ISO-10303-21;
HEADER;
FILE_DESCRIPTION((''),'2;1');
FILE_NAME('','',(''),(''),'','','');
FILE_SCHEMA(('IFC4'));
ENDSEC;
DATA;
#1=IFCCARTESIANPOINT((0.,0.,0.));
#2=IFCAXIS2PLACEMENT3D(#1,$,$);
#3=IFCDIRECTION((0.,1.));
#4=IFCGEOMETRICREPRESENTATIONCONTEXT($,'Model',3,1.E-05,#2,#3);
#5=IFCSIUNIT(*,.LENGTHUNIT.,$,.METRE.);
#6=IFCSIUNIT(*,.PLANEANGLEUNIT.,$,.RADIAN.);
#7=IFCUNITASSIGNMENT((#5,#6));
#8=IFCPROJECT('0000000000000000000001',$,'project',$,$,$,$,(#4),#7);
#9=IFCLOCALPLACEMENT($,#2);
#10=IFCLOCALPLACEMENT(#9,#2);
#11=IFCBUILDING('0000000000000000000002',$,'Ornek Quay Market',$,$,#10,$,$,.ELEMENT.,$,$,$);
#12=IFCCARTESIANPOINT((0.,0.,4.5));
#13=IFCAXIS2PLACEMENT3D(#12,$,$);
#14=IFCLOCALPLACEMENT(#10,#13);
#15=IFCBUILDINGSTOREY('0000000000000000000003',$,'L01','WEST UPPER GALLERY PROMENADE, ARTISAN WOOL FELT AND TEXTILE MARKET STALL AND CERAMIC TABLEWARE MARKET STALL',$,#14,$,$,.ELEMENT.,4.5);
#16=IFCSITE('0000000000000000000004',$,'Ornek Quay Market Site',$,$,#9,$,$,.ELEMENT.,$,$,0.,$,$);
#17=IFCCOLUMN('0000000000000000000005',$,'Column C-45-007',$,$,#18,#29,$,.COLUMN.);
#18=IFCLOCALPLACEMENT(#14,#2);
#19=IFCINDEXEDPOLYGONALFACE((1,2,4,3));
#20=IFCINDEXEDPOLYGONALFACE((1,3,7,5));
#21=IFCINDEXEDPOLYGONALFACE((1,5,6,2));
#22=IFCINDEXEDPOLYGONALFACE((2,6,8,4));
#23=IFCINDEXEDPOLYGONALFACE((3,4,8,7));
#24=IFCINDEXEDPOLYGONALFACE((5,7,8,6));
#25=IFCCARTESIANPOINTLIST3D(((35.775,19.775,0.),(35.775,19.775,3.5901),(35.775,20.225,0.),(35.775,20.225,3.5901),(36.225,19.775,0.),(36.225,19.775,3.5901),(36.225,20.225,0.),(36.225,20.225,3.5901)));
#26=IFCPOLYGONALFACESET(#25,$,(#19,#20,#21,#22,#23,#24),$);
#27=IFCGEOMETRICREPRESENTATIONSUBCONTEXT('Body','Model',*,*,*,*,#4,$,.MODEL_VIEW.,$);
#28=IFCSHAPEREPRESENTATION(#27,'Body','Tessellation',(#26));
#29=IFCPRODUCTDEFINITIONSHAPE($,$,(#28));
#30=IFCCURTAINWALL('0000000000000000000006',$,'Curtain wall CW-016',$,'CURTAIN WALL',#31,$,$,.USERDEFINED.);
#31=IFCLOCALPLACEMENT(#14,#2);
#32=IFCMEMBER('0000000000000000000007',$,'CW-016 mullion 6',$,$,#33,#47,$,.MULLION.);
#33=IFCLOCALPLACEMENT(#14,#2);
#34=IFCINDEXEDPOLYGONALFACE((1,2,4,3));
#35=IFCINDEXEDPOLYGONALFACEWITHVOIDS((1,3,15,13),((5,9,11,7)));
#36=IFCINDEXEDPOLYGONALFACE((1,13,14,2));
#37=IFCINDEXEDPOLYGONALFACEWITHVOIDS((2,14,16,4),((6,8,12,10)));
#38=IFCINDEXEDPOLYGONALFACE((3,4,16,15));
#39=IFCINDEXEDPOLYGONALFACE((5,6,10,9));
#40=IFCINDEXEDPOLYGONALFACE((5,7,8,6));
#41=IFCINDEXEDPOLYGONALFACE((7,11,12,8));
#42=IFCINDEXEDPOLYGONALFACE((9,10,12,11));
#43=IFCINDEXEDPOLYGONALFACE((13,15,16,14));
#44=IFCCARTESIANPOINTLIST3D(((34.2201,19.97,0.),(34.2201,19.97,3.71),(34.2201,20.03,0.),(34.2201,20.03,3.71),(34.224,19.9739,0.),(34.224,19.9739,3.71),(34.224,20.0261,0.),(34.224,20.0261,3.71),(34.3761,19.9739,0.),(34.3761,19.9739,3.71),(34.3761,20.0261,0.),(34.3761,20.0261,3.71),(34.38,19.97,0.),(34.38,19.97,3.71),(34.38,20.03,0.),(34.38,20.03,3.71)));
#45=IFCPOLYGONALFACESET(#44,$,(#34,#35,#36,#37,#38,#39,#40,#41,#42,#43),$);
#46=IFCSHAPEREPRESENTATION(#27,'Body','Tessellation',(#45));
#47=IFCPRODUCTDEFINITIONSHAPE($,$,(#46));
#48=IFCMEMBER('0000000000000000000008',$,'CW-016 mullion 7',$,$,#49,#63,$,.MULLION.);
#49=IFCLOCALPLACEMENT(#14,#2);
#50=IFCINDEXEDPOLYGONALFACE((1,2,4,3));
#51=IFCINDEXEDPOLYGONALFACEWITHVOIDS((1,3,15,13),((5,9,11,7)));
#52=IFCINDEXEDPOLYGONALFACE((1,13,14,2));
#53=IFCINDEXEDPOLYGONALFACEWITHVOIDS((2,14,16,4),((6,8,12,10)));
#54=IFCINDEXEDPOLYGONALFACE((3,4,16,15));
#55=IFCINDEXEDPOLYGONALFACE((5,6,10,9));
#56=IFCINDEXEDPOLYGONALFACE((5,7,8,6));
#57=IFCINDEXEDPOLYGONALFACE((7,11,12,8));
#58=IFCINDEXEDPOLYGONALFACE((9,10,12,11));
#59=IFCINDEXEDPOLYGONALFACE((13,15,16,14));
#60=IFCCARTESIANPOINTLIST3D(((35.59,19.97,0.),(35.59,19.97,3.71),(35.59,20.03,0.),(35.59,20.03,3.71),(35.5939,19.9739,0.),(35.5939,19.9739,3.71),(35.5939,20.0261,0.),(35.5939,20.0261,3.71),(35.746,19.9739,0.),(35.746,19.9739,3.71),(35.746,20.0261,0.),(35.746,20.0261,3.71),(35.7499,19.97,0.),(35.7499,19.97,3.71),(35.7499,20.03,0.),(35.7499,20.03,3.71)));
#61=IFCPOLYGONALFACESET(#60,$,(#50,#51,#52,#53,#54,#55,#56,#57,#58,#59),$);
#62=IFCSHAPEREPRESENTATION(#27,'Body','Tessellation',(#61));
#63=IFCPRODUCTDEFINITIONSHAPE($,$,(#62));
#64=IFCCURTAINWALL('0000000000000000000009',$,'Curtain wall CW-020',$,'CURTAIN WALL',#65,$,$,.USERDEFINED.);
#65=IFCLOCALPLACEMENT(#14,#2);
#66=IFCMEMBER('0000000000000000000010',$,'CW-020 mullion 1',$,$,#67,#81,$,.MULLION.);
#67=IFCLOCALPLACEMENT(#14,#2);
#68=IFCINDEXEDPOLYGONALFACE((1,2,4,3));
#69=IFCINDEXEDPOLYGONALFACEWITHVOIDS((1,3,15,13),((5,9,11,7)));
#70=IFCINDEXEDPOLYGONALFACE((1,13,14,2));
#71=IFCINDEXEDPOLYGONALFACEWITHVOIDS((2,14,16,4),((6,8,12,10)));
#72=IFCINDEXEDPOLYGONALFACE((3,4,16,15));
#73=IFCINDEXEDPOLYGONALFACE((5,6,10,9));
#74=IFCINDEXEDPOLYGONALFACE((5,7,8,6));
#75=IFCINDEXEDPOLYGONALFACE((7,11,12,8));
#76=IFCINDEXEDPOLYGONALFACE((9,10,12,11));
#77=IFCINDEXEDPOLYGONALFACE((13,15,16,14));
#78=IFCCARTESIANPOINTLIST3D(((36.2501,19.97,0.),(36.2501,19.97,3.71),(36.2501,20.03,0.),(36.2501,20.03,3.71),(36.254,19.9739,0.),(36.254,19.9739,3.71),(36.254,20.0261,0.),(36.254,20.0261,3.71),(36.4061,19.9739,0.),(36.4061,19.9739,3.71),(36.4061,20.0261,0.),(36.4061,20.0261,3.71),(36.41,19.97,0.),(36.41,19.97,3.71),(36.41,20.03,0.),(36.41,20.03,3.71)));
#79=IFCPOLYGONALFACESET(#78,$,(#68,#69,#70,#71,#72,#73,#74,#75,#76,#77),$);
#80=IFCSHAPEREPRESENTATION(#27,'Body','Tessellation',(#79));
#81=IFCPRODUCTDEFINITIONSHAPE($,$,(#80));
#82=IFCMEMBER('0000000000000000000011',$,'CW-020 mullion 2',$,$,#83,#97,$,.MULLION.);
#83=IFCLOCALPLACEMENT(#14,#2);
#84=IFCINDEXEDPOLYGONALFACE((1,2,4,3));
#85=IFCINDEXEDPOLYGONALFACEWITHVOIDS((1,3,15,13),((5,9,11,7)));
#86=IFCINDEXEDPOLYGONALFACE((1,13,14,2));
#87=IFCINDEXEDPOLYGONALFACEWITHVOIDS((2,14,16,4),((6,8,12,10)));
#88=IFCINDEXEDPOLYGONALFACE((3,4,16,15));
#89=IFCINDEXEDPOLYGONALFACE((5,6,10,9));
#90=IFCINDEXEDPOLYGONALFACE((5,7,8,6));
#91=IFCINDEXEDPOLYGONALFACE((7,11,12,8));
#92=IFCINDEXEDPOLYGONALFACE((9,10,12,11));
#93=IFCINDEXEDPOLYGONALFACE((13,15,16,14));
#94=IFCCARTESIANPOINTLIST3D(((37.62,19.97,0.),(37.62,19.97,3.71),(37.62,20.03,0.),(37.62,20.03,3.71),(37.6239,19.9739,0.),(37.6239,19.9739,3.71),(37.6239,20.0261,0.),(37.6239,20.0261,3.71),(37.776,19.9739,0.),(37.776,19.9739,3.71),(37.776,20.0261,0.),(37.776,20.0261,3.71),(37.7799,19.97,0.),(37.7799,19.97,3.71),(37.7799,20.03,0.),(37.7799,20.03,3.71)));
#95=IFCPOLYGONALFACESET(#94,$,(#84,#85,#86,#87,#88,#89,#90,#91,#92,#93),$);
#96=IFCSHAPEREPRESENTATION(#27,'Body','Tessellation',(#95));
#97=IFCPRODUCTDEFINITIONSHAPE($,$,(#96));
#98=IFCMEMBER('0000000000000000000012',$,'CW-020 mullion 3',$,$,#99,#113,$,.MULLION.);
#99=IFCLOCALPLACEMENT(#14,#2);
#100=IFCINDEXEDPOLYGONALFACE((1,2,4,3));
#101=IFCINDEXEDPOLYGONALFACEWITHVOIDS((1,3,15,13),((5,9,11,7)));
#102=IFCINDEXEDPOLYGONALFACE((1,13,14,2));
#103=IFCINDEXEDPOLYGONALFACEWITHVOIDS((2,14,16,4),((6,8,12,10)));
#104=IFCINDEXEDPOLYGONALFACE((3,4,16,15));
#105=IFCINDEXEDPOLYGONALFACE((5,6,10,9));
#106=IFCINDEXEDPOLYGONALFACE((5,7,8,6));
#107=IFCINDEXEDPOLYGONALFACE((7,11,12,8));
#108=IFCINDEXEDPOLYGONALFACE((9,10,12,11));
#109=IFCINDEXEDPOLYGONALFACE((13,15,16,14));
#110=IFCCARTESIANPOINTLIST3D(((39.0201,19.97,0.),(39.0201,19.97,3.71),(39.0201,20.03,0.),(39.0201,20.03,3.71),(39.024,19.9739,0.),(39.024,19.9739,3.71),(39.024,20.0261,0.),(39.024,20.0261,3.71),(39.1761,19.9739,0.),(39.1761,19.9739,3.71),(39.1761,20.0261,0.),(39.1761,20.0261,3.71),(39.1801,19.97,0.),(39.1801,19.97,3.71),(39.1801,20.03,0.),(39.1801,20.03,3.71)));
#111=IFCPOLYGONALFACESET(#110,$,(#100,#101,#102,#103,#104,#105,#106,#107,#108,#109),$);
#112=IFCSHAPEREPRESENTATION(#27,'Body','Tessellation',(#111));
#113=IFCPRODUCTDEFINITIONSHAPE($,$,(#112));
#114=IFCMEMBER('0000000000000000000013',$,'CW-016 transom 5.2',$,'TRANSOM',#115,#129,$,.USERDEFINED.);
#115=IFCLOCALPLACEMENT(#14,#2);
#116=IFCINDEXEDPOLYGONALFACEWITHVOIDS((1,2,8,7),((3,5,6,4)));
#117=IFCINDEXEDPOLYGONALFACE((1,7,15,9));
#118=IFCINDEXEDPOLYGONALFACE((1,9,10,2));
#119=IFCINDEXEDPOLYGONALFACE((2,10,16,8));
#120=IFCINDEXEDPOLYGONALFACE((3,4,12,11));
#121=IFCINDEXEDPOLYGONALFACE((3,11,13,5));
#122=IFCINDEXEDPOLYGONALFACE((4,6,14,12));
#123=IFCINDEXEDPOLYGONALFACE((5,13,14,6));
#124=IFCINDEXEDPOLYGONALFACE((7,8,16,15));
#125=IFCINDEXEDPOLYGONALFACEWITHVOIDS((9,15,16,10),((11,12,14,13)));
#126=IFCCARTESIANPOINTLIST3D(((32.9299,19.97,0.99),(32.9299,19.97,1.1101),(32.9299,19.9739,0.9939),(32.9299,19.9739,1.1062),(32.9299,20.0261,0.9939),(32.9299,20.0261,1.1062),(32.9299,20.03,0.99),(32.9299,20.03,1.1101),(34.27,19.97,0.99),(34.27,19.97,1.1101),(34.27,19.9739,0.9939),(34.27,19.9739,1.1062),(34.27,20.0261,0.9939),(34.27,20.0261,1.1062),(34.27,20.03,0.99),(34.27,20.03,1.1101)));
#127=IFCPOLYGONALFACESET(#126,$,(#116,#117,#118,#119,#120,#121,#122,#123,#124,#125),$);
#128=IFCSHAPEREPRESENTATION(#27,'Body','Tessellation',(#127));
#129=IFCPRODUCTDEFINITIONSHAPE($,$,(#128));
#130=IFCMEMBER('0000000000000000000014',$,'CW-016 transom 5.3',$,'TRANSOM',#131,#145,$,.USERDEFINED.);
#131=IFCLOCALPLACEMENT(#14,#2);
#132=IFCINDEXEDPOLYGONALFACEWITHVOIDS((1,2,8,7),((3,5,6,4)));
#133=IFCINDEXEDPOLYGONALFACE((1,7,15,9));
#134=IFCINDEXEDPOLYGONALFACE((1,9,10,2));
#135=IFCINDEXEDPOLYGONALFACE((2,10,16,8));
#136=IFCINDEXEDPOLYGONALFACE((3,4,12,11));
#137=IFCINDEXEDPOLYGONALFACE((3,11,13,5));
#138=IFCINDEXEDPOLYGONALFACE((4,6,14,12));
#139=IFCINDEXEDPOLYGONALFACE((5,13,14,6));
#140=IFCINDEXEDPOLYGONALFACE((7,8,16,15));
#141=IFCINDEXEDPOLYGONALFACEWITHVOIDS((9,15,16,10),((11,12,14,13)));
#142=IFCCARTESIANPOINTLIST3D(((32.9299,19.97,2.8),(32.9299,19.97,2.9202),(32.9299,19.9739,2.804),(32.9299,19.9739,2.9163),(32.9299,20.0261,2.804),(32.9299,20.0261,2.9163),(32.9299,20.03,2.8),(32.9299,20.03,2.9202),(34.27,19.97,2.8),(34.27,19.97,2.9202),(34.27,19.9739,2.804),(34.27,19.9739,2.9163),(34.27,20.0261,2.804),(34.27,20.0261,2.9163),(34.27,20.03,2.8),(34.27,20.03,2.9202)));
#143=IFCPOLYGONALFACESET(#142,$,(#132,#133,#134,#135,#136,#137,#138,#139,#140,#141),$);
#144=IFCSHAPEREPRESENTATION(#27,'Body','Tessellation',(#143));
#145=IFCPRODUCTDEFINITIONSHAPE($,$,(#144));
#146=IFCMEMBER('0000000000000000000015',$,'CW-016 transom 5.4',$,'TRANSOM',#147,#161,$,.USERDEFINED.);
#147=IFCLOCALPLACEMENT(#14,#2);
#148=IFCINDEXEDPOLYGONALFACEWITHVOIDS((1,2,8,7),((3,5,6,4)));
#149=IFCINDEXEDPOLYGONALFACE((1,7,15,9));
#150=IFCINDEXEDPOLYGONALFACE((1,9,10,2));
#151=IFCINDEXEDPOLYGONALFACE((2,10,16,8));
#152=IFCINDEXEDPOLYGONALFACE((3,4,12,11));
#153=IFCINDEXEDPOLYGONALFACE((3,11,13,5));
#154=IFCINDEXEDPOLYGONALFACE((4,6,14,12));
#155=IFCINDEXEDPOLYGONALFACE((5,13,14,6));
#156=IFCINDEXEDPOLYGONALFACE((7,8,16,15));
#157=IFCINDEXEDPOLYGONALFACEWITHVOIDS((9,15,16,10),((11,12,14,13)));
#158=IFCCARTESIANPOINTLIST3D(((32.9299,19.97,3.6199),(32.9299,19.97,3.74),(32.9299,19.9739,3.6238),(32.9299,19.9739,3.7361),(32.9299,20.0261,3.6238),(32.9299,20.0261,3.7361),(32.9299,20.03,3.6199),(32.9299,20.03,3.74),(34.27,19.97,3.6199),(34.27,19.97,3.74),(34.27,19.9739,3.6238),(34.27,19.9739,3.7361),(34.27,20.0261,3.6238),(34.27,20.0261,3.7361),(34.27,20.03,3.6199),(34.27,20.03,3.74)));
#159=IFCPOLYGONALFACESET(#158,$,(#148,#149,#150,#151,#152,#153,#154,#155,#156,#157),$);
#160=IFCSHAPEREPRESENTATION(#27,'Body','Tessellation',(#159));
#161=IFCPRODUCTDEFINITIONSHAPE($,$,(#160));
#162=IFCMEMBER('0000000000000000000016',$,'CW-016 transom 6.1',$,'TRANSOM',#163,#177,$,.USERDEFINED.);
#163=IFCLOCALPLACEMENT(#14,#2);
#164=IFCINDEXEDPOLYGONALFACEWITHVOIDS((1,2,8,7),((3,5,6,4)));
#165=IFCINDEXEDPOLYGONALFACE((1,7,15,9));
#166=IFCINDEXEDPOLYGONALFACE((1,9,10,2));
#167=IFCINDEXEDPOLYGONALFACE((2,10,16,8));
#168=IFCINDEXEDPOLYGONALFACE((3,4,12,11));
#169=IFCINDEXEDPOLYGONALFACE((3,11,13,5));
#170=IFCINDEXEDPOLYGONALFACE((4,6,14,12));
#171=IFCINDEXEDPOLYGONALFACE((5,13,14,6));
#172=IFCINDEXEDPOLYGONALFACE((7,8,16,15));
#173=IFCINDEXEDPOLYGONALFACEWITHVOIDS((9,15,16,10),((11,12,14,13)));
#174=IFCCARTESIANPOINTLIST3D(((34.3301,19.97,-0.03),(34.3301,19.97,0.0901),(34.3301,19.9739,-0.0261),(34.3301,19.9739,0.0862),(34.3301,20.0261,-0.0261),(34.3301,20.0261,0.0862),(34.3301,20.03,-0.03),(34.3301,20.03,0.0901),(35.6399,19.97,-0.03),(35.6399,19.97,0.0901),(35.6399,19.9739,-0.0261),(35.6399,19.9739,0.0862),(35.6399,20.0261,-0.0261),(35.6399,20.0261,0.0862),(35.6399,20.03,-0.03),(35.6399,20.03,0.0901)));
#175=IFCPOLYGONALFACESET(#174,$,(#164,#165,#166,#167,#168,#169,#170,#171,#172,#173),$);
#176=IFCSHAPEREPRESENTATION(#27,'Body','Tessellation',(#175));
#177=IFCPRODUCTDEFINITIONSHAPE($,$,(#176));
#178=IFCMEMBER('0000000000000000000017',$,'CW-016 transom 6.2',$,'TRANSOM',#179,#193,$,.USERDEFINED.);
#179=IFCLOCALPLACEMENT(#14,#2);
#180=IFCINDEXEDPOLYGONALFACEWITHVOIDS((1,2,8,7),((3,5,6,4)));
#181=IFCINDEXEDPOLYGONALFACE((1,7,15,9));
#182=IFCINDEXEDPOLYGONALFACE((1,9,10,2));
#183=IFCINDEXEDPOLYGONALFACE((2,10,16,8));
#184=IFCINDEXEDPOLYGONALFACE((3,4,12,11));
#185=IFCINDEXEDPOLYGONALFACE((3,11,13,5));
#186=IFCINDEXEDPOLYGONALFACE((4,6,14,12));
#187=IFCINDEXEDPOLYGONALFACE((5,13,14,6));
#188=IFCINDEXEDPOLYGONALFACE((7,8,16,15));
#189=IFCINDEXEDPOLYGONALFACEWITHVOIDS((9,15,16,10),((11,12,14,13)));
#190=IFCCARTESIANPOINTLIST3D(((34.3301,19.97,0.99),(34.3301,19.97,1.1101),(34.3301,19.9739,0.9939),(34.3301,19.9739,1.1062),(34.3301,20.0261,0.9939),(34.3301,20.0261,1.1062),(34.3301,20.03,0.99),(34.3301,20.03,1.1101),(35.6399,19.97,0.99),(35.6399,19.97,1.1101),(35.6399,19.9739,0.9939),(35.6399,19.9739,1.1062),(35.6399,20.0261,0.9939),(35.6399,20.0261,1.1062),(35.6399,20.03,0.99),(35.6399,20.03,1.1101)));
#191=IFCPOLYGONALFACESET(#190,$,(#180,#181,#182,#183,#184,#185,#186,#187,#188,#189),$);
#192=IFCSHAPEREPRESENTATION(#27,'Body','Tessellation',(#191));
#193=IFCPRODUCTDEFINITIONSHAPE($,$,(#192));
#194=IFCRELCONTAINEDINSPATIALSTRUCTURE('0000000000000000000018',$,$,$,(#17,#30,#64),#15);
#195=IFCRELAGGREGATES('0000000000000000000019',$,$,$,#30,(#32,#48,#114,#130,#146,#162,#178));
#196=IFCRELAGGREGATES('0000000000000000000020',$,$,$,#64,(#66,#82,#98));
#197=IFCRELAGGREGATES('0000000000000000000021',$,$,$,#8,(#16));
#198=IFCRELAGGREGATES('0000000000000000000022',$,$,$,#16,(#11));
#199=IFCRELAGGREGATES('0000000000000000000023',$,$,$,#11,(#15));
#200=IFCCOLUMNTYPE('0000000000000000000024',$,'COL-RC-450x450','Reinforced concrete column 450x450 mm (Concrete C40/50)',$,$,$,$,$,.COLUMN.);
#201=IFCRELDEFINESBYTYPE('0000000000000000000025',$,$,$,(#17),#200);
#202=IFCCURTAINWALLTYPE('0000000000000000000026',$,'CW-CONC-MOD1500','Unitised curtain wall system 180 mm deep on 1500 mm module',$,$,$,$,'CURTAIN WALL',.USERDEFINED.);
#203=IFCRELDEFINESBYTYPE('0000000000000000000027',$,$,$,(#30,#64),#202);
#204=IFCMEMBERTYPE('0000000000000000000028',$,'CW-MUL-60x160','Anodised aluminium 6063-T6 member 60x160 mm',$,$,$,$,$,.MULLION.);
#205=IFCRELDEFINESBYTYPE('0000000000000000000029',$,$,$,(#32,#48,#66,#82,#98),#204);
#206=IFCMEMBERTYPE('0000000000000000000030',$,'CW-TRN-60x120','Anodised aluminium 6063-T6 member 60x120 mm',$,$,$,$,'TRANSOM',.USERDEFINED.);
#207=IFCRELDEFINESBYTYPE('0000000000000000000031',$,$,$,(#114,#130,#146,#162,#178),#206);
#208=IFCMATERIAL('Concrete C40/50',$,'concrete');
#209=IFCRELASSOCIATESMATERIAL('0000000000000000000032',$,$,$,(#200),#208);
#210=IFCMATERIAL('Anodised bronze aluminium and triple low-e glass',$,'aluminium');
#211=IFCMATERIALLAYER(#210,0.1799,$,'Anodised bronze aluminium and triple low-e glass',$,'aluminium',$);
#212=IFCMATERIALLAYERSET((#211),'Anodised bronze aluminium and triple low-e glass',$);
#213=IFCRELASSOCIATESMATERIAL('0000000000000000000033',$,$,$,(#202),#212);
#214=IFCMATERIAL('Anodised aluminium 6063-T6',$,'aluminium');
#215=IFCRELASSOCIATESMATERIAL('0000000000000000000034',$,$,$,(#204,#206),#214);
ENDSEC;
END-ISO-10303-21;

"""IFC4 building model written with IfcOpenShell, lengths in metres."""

from ifc_helpers import new_model, si_unit, direction, frame, origin, origin_2d, place, context, subcontext, project, spatial, rectangle, hollow_rectangle, extrude, material, layer, layer_set, material_profile, profile_set, type_object, element, aggregate, save


model = new_model("IFC4")

# Units and contexts
model_context = context("Model", 3, precision=1e-05, world=origin(), true_north=direction((0.0, 1.0)))
body_context = subcontext(model_context, "Body", "Model", "MODEL_VIEW")
ifc_project = project(units=[si_unit("LENGTHUNIT", "METRE"), si_unit("PLANEANGLEUNIT", "RADIAN")], contexts=[model_context])

# Site, building, storey
site_placement = place(None, origin())
site = spatial("IfcSite", under=ifc_project, at=site_placement, Name="Ornek Quay Market Site", CompositionType="ELEMENT", RefElevation=0.0)
building_placement = place(site_placement, origin())
building = spatial("IfcBuilding", under=site, at=building_placement, Name="Ornek Quay Market", CompositionType="ELEMENT")
storey_placement = place(building_placement, frame((0.0, 0.0, 4.5)))
storey = spatial("IfcBuildingStorey", under=building, at=storey_placement, Name="L01", Description="WEST UPPER GALLERY PROMENADE, ARTISAN WOOL FELT AND TEXTILE MARKET STALL AND CERAMIC TABLEWARE MARKET STALL", CompositionType="ELEMENT", Elevation=4.5)

# Column
ifc_material_1 = material(Name="Concrete C40/50", Category="concrete")
ifc_material_profile_1 = material_profile(ifc_material_1, rectangle(XDim=0.45, YDim=0.45, at=origin_2d()), Name="RC 450x450", Category="concrete")
ifc_profile_set_1 = profile_set([ifc_material_profile_1], Name="Concrete C40/50")
column_type = type_object("IfcColumnType", Name="COL-RC-450x450", Description="Reinforced concrete column 450x450 mm (Concrete C40/50)", PredefinedType="COLUMN", material=ifc_profile_set_1)
column_placement = place(storey_placement, frame((36.0, 20.0, 0.0), z_axis=(0.0, 0.0, 1.0), x_axis=(1.0, 0.0, 0.0)))
element("IfcColumn", 1, at=column_placement, inside=storey, type_object=column_type, Name="Column C-45-007", PredefinedType="COLUMN", context=body_context, shape_type="SweptSolid", body=[
    extrude(rectangle(XDim=0.45, YDim=0.45, at=origin_2d()), origin(), (0.0, 0.0, 1.0), 3.5901),
])

# Curtain walls, members
ifc_material_2 = material(Name="Anodised bronze aluminium and triple low-e glass", Category="aluminium")
ifc_layer_1 = layer(ifc_material_2, 0.1799, Name="Anodised bronze aluminium and triple low-e glass", Category="aluminium")
ifc_layer_set_1 = layer_set([ifc_layer_1], Name="Anodised bronze aluminium and triple low-e glass")
curtain_wall_type = type_object("IfcCurtainWallType", Name="CW-CONC-MOD1500", Description="Unitised curtain wall system 180 mm deep on 1500 mm module", ElementType="CURTAIN WALL", PredefinedType="USERDEFINED", material=ifc_layer_set_1)
curtain_wall_1_placement = place(storey_placement, origin())
curtain_wall_1 = element("IfcCurtainWall", 2, at=curtain_wall_1_placement, inside=storey, type_object=curtain_wall_type, Name="Curtain wall CW-016", ObjectType="CURTAIN WALL", PredefinedType="USERDEFINED")
ifc_material_3 = material(Name="Anodised aluminium 6063-T6", Category="aluminium")
ifc_material_profile_2 = material_profile(ifc_material_3, hollow_rectangle(XDim=0.0601, YDim=0.1599, WallThickness=0.0039, at=origin_2d()), Name="CW-MUL-60x160", Category="aluminium")
ifc_profile_set_2 = profile_set([ifc_material_profile_2], Name="Anodised aluminium 6063-T6")
member_type_1 = type_object("IfcMemberType", Name="CW-MUL-60x160", Description="Anodised aluminium 6063-T6 member 60x160 mm", PredefinedType="MULLION", material=ifc_profile_set_2)
member_1_placement = place(storey_placement, frame((34.3, 20.0, 0.0), z_axis=(0.0, 0.0, 1.0), x_axis=(0.0, 1.0, 0.0)))
member_1 = element("IfcMember", 3, at=member_1_placement, type_object=member_type_1, Name="CW-016 mullion 6", PredefinedType="MULLION", context=body_context, shape_type="SweptSolid", body=[
    extrude(hollow_rectangle(XDim=0.0601, YDim=0.1599, WallThickness=0.0039, at=origin_2d()), origin(), (0.0, 0.0, 1.0), 3.71),
])
member_2_placement = place(storey_placement, frame((35.6699, 20.0, 0.0), z_axis=(0.0, 0.0, 1.0), x_axis=(0.0, 1.0, 0.0)))
member_2 = element("IfcMember", 4, at=member_2_placement, type_object=member_type_1, Name="CW-016 mullion 7", PredefinedType="MULLION", context=body_context, shape_type="SweptSolid", body=[
    extrude(hollow_rectangle(XDim=0.0601, YDim=0.1599, WallThickness=0.0039, at=origin_2d()), origin(), (0.0, 0.0, 1.0), 3.71),
])
curtain_wall_2_placement = place(storey_placement, origin())
curtain_wall_2 = element("IfcCurtainWall", 5, at=curtain_wall_2_placement, inside=storey, type_object=curtain_wall_type, Name="Curtain wall CW-020", ObjectType="CURTAIN WALL", PredefinedType="USERDEFINED")
member_3_placement = place(storey_placement, frame((36.3301, 20.0, 0.0), z_axis=(0.0, 0.0, 1.0), x_axis=(0.0, 1.0, 0.0)))
member_3 = element("IfcMember", 6, at=member_3_placement, type_object=member_type_1, Name="CW-020 mullion 1", PredefinedType="MULLION", context=body_context, shape_type="SweptSolid", body=[
    extrude(hollow_rectangle(XDim=0.0601, YDim=0.1599, WallThickness=0.0039, at=origin_2d()), origin(), (0.0, 0.0, 1.0), 3.71),
])
member_4_placement = place(storey_placement, frame((37.7, 20.0, 0.0), z_axis=(0.0, 0.0, 1.0), x_axis=(0.0, 1.0, 0.0)))
member_4 = element("IfcMember", 7, at=member_4_placement, type_object=member_type_1, Name="CW-020 mullion 2", PredefinedType="MULLION", context=body_context, shape_type="SweptSolid", body=[
    extrude(hollow_rectangle(XDim=0.0601, YDim=0.1599, WallThickness=0.0039, at=origin_2d()), origin(), (0.0, 0.0, 1.0), 3.71),
])
member_5_placement = place(storey_placement, frame((39.1001, 20.0, 0.0), z_axis=(0.0, 0.0, 1.0), x_axis=(0.0, 1.0, 0.0)))
member_5 = element("IfcMember", 8, at=member_5_placement, type_object=member_type_1, Name="CW-020 mullion 3", PredefinedType="MULLION", context=body_context, shape_type="SweptSolid", body=[
    extrude(hollow_rectangle(XDim=0.0601, YDim=0.1599, WallThickness=0.0039, at=origin_2d()), origin(), (0.0, 0.0, 1.0), 3.71),
])

# Members
ifc_material_profile_3 = material_profile(ifc_material_3, hollow_rectangle(XDim=0.0601, YDim=0.1201, WallThickness=0.0039, at=origin_2d()), Name="CW-TRN-60x120", Category="aluminium")
ifc_profile_set_3 = profile_set([ifc_material_profile_3], Name="Anodised aluminium 6063-T6")
member_type_2 = type_object("IfcMemberType", Name="CW-TRN-60x120", Description="Anodised aluminium 6063-T6 member 60x120 mm", ElementType="TRANSOM", PredefinedType="USERDEFINED", material=ifc_profile_set_3)
member_6_placement = place(storey_placement, frame((32.9299, 20.0, 1.05), z_axis=(1.0, 0.0, 0.0), x_axis=(0.0, 1.0, 0.0)))
member_6 = element("IfcMember", 9, at=member_6_placement, type_object=member_type_2, Name="CW-016 transom 5.2", ObjectType="TRANSOM", PredefinedType="USERDEFINED", context=body_context, shape_type="SweptSolid", body=[
    extrude(hollow_rectangle(XDim=0.0601, YDim=0.1201, WallThickness=0.0039, at=origin_2d()), origin(), (0.0, 0.0, 1.0), 1.3401),
])
member_7_placement = place(storey_placement, frame((32.9299, 20.0, 2.8601), z_axis=(1.0, 0.0, 0.0), x_axis=(0.0, 1.0, 0.0)))
member_7 = element("IfcMember", 10, at=member_7_placement, type_object=member_type_2, Name="CW-016 transom 5.3", ObjectType="TRANSOM", PredefinedType="USERDEFINED", context=body_context, shape_type="SweptSolid", body=[
    extrude(hollow_rectangle(XDim=0.0601, YDim=0.1201, WallThickness=0.0039, at=origin_2d()), origin(), (0.0, 0.0, 1.0), 1.3401),
])
member_8_placement = place(storey_placement, frame((32.9299, 20.0, 3.6799), z_axis=(1.0, 0.0, 0.0), x_axis=(0.0, 1.0, 0.0)))
member_8 = element("IfcMember", 11, at=member_8_placement, type_object=member_type_2, Name="CW-016 transom 5.4", ObjectType="TRANSOM", PredefinedType="USERDEFINED", context=body_context, shape_type="SweptSolid", body=[
    extrude(hollow_rectangle(XDim=0.0601, YDim=0.1201, WallThickness=0.0039, at=origin_2d()), origin(), (0.0, 0.0, 1.0), 1.3401),
])
member_9_placement = place(storey_placement, frame((34.3301, 20.0, 0.03), z_axis=(1.0, 0.0, 0.0), x_axis=(0.0, 1.0, 0.0)))
member_9 = element("IfcMember", 12, at=member_9_placement, type_object=member_type_2, Name="CW-016 transom 6.1", ObjectType="TRANSOM", PredefinedType="USERDEFINED", context=body_context, shape_type="SweptSolid", body=[
    extrude(hollow_rectangle(XDim=0.0601, YDim=0.1201, WallThickness=0.0039, at=origin_2d()), origin(), (0.0, 0.0, 1.0), 1.3098),
])
member_10_placement = place(storey_placement, frame((34.3301, 20.0, 1.05), z_axis=(1.0, 0.0, 0.0), x_axis=(0.0, 1.0, 0.0)))
member_10 = element("IfcMember", 13, at=member_10_placement, type_object=member_type_2, Name="CW-016 transom 6.2", ObjectType="TRANSOM", PredefinedType="USERDEFINED", context=body_context, shape_type="SweptSolid", body=[
    extrude(hollow_rectangle(XDim=0.0601, YDim=0.1201, WallThickness=0.0039, at=origin_2d()), origin(), (0.0, 0.0, 1.0), 1.3098),
])

aggregate(curtain_wall_1, [member_1, member_2, member_6, member_7, member_8, member_9, member_10])
aggregate(curtain_wall_2, [member_3, member_4, member_5])

save(model, "model.ifc")
